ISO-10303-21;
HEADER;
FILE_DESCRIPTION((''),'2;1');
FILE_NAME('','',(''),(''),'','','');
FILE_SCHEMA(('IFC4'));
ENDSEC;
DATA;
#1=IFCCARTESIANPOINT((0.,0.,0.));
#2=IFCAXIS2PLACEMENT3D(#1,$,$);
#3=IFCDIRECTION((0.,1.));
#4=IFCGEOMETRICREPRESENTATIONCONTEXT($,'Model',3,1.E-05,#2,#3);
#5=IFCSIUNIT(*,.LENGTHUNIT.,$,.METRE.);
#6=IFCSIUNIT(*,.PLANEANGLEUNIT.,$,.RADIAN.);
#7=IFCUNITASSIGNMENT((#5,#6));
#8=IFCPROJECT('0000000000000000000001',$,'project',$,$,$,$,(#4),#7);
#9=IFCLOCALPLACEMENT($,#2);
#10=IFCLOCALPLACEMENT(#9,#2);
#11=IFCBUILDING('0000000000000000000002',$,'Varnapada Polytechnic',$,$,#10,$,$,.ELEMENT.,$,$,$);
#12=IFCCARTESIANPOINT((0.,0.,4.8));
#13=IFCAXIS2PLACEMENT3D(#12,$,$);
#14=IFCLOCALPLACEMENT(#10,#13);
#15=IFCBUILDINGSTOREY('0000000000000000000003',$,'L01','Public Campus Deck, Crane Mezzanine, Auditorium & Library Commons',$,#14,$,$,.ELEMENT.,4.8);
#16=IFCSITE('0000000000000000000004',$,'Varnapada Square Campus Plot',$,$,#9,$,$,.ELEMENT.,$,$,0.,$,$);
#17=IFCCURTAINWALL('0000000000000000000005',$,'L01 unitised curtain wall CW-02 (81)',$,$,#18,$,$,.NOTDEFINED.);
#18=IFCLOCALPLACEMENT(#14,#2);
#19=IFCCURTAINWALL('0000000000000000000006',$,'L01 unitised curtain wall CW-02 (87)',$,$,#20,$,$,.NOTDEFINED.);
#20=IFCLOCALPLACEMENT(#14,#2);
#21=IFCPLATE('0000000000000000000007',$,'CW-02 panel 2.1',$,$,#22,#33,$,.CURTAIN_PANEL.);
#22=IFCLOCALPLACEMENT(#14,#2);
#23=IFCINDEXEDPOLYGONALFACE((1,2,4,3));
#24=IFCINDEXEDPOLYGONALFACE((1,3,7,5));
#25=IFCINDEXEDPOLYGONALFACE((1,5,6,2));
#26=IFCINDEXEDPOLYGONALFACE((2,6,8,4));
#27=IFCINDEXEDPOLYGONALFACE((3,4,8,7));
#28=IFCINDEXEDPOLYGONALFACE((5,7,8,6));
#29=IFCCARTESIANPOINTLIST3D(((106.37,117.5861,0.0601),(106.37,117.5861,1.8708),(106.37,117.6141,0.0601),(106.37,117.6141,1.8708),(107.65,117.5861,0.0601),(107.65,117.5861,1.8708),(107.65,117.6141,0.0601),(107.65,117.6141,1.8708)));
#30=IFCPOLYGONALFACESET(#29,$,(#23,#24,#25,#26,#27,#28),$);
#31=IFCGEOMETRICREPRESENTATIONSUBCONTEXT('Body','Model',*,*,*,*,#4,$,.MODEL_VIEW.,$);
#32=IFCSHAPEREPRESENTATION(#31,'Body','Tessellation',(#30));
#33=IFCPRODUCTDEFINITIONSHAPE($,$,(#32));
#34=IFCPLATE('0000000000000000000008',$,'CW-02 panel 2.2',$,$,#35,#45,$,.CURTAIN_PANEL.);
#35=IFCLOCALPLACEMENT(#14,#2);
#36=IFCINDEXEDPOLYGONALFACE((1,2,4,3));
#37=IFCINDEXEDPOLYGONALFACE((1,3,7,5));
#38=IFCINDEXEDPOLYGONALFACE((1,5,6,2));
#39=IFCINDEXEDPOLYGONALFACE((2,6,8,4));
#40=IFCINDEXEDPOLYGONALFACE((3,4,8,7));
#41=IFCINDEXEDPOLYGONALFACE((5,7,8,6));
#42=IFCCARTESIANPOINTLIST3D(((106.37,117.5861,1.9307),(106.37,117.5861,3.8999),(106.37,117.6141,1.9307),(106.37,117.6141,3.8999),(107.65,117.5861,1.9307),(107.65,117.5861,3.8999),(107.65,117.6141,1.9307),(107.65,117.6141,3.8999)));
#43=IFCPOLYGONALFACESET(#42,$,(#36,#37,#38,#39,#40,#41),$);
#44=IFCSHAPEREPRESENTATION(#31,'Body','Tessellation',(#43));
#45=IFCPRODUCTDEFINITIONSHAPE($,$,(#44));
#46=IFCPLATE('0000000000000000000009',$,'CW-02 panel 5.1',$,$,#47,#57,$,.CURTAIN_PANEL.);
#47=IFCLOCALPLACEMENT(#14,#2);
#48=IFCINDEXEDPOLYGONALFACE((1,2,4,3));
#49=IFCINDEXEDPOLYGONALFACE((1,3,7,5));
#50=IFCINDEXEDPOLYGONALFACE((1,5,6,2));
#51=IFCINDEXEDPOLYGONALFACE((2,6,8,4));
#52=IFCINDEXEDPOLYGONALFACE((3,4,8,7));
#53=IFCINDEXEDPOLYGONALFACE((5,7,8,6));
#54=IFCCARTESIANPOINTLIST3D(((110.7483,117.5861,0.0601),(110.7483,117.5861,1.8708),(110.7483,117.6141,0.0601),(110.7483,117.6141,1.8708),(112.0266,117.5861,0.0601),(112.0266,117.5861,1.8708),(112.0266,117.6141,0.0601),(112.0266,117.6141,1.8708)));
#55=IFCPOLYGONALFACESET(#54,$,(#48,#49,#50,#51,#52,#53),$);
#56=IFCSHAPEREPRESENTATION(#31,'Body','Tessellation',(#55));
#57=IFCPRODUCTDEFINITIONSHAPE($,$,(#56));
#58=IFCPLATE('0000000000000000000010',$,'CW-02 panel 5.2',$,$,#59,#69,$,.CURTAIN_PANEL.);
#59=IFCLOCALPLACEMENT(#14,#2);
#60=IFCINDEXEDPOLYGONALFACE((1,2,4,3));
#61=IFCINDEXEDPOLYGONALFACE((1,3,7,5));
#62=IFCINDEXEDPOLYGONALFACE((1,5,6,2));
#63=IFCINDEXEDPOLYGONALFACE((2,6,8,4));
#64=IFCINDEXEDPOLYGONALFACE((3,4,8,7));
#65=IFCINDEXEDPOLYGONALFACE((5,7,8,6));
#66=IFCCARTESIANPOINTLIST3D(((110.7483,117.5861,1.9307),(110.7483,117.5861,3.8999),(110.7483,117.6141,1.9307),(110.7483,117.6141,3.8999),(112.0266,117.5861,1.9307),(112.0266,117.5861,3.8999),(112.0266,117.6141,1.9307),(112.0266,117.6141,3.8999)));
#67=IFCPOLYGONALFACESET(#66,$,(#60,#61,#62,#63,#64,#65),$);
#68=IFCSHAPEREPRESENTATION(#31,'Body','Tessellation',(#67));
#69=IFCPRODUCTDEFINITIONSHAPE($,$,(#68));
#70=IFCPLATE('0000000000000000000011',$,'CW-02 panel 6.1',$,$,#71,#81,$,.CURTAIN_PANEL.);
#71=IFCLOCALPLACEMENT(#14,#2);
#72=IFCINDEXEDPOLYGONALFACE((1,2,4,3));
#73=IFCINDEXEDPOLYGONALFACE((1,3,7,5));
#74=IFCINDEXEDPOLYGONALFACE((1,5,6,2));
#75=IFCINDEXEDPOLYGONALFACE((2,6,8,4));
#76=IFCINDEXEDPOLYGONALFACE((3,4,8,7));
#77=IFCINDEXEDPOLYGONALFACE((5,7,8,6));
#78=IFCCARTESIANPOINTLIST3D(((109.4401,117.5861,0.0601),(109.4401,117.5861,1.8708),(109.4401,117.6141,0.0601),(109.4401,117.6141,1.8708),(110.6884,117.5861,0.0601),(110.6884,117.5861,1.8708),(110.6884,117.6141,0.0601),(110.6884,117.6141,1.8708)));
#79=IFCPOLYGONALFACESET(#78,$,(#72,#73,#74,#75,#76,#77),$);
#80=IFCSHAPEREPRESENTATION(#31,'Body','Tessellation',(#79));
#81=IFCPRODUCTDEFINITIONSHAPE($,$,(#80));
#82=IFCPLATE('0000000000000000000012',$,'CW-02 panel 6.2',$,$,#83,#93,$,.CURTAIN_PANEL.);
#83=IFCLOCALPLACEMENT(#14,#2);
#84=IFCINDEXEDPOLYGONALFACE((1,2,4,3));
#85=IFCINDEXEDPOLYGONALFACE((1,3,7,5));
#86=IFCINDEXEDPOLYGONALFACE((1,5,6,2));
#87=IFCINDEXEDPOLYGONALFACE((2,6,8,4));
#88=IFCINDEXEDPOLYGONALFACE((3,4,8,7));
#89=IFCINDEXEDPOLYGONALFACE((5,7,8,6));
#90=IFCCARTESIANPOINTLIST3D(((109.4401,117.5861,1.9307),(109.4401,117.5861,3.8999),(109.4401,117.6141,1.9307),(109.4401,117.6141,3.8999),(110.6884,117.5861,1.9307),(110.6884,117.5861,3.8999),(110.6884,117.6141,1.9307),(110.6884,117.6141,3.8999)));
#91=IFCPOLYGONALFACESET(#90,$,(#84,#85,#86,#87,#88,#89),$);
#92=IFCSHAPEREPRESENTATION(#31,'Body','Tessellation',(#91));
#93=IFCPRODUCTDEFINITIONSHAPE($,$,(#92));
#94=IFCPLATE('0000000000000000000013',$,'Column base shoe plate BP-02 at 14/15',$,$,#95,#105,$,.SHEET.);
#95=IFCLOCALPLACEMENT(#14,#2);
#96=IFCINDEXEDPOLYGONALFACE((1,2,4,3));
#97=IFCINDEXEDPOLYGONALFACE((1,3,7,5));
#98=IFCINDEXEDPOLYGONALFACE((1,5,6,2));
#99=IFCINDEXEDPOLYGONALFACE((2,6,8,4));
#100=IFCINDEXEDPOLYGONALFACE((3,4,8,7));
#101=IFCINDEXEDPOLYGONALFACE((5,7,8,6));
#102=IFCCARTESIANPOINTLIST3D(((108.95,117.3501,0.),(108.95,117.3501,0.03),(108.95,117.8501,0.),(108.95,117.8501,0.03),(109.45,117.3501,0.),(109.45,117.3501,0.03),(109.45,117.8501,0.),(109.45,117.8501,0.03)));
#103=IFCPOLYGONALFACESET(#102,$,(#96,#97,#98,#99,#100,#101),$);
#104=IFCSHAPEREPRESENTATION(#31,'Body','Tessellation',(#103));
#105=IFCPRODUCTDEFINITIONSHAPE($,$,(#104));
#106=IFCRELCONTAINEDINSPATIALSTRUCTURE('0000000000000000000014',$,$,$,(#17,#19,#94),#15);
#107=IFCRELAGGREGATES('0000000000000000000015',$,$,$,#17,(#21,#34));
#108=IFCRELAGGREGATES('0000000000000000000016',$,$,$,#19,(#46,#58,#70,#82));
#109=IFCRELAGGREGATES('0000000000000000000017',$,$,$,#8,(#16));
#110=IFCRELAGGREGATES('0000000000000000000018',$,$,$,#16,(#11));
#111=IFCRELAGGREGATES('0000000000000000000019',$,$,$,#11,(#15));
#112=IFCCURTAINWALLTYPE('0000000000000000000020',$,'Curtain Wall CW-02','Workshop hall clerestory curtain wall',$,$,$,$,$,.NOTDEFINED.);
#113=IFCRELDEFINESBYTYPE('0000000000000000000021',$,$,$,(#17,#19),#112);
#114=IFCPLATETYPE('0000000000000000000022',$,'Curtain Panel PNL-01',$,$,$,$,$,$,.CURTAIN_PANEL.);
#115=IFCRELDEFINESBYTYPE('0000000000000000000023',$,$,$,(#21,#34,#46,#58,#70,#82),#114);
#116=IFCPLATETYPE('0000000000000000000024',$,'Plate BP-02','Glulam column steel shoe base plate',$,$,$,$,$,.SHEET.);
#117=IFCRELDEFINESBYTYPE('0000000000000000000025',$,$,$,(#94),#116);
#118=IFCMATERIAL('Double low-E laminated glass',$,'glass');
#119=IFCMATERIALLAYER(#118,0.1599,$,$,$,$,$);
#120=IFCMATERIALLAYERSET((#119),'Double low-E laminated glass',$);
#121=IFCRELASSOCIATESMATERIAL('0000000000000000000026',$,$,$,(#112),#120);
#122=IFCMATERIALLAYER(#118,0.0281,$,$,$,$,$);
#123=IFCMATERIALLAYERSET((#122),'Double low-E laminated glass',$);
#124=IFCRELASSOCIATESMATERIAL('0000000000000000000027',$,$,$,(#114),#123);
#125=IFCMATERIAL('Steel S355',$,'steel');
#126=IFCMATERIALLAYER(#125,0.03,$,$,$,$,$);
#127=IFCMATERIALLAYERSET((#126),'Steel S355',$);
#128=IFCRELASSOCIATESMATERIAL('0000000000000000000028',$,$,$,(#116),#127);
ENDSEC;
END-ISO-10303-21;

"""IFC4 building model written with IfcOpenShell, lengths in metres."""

from ifc_helpers import new_model, si_unit, direction, frame, origin, origin_2d, place, context, subcontext, project, spatial, rectangle, extrude, material, layer, layer_set, type_object, element, aggregate, save


model = new_model("IFC4")

# Units and contexts
model_context = context("Model", 3, precision=1e-05, world=origin(), true_north=direction((0.0, 1.0)))
body_context = subcontext(model_context, "Body", "Model", "MODEL_VIEW")
ifc_project = project(units=[si_unit("LENGTHUNIT", "METRE"), si_unit("PLANEANGLEUNIT", "RADIAN")], contexts=[model_context])

# Site, building, storey
site_placement = place(None, origin())
site = spatial("IfcSite", under=ifc_project, at=site_placement, Name="Varnapada Square Campus Plot", CompositionType="ELEMENT", RefElevation=0.0)
building_placement = place(site_placement, origin())
building = spatial("IfcBuilding", under=site, at=building_placement, Name="Varnapada Polytechnic", CompositionType="ELEMENT")
storey_placement = place(building_placement, frame((0.0, 0.0, 4.8)))
storey = spatial("IfcBuildingStorey", under=building, at=storey_placement, Name="L01", Description="Public Campus Deck, Crane Mezzanine, Auditorium & Library Commons", CompositionType="ELEMENT", Elevation=4.8)

# Shared definitions
ifc_material_1 = material(Name="Steel S355", Category="steel")

# Curtain walls
ifc_material_2 = material(Name="Double low-E laminated glass", Category="glass")
ifc_layer_1 = layer(ifc_material_2, 0.1599)
ifc_layer_set_1 = layer_set([ifc_layer_1], Name="Double low-E laminated glass")
curtain_wall_type = type_object("IfcCurtainWallType", Name="Curtain Wall CW-02", Description="Workshop hall clerestory curtain wall", PredefinedType="NOTDEFINED", material=ifc_layer_set_1)
curtain_wall_1_placement = place(storey_placement, origin())
curtain_wall_1 = element("IfcCurtainWall", 1, at=curtain_wall_1_placement, inside=storey, type_object=curtain_wall_type, Name="L01 unitised curtain wall CW-02 (81)", PredefinedType="NOTDEFINED")
curtain_wall_2_placement = place(storey_placement, origin())
curtain_wall_2 = element("IfcCurtainWall", 2, at=curtain_wall_2_placement, inside=storey, type_object=curtain_wall_type, Name="L01 unitised curtain wall CW-02 (87)", PredefinedType="NOTDEFINED")

# Plates
ifc_layer_2 = layer(ifc_material_2, 0.0281)
ifc_layer_set_2 = layer_set([ifc_layer_2], Name="Double low-E laminated glass")
plate_type_1 = type_object("IfcPlateType", Name="Curtain Panel PNL-01", PredefinedType="CURTAIN_PANEL", material=ifc_layer_set_2)
plate_1_placement = place(storey_placement, frame((107.01, 117.6001, 0.0601), z_axis=(0.0, 0.0, 1.0), x_axis=(-1.0, 0.0, 0.0)))
plate_1 = element("IfcPlate", 3, at=plate_1_placement, type_object=plate_type_1, Name="CW-02 panel 2.1", PredefinedType="CURTAIN_PANEL", context=body_context, shape_type="SweptSolid", body=[
    extrude(rectangle(XDim=1.28, YDim=0.0281, at=origin_2d()), origin(), (0.0, 0.0, 1.0), 1.8108),
])
plate_2_placement = place(storey_placement, frame((107.01, 117.6001, 1.9307), z_axis=(0.0, 0.0, 1.0), x_axis=(-1.0, 0.0, 0.0)))
plate_2 = element("IfcPlate", 4, at=plate_2_placement, type_object=plate_type_1, Name="CW-02 panel 2.2", PredefinedType="CURTAIN_PANEL", context=body_context, shape_type="SweptSolid", body=[
    extrude(rectangle(XDim=1.28, YDim=0.0281, at=origin_2d()), origin(), (0.0, 0.0, 1.0), 1.9692),
])
aggregate(curtain_wall_1, [plate_1, plate_2])
plate_3_placement = place(storey_placement, frame((111.3875, 117.6001, 0.0601), z_axis=(0.0, 0.0, 1.0), x_axis=(-1.0, 0.0, 0.0)))
plate_3 = element("IfcPlate", 5, at=plate_3_placement, type_object=plate_type_1, Name="CW-02 panel 5.1", PredefinedType="CURTAIN_PANEL", context=body_context, shape_type="SweptSolid", body=[
    extrude(rectangle(XDim=1.2783, YDim=0.0281, at=origin_2d()), origin(), (0.0, 0.0, 1.0), 1.8108),
])
plate_4_placement = place(storey_placement, frame((111.3875, 117.6001, 1.9307), z_axis=(0.0, 0.0, 1.0), x_axis=(-1.0, 0.0, 0.0)))
plate_4 = element("IfcPlate", 6, at=plate_4_placement, type_object=plate_type_1, Name="CW-02 panel 5.2", PredefinedType="CURTAIN_PANEL", context=body_context, shape_type="SweptSolid", body=[
    extrude(rectangle(XDim=1.2783, YDim=0.0281, at=origin_2d()), origin(), (0.0, 0.0, 1.0), 1.9692),
])
plate_5_placement = place(storey_placement, frame((110.0642, 117.6001, 0.0601), z_axis=(0.0, 0.0, 1.0), x_axis=(-1.0, 0.0, 0.0)))
plate_5 = element("IfcPlate", 7, at=plate_5_placement, type_object=plate_type_1, Name="CW-02 panel 6.1", PredefinedType="CURTAIN_PANEL", context=body_context, shape_type="SweptSolid", body=[
    extrude(rectangle(XDim=1.2483, YDim=0.0281, at=origin_2d()), origin(), (0.0, 0.0, 1.0), 1.8108),
])
plate_6_placement = place(storey_placement, frame((110.0642, 117.6001, 1.9307), z_axis=(0.0, 0.0, 1.0), x_axis=(-1.0, 0.0, 0.0)))
plate_6 = element("IfcPlate", 8, at=plate_6_placement, type_object=plate_type_1, Name="CW-02 panel 6.2", PredefinedType="CURTAIN_PANEL", context=body_context, shape_type="SweptSolid", body=[
    extrude(rectangle(XDim=1.2483, YDim=0.0281, at=origin_2d()), origin(), (0.0, 0.0, 1.0), 1.9692),
])
aggregate(curtain_wall_2, [plate_3, plate_4, plate_5, plate_6])
ifc_layer_3 = layer(ifc_material_1, 0.03)
ifc_layer_set_3 = layer_set([ifc_layer_3], Name="Steel S355")
plate_type_2 = type_object("IfcPlateType", Name="Plate BP-02", Description="Glulam column steel shoe base plate", PredefinedType="SHEET", material=ifc_layer_set_3)
plate_7_placement = place(storey_placement, frame((109.2, 117.6001, 0.0), z_axis=(0.0, 0.0, 1.0), x_axis=(1.0, 0.0, 0.0)))
element("IfcPlate", 9, at=plate_7_placement, inside=storey, type_object=plate_type_2, Name="Column base shoe plate BP-02 at 14/15", PredefinedType="SHEET", context=body_context, shape_type="SweptSolid", body=[
    extrude(rectangle(XDim=0.5, YDim=0.5, at=origin_2d()), origin(), (0.0, 0.0, 1.0), 0.03),
])

save(model, "model.ifc")
